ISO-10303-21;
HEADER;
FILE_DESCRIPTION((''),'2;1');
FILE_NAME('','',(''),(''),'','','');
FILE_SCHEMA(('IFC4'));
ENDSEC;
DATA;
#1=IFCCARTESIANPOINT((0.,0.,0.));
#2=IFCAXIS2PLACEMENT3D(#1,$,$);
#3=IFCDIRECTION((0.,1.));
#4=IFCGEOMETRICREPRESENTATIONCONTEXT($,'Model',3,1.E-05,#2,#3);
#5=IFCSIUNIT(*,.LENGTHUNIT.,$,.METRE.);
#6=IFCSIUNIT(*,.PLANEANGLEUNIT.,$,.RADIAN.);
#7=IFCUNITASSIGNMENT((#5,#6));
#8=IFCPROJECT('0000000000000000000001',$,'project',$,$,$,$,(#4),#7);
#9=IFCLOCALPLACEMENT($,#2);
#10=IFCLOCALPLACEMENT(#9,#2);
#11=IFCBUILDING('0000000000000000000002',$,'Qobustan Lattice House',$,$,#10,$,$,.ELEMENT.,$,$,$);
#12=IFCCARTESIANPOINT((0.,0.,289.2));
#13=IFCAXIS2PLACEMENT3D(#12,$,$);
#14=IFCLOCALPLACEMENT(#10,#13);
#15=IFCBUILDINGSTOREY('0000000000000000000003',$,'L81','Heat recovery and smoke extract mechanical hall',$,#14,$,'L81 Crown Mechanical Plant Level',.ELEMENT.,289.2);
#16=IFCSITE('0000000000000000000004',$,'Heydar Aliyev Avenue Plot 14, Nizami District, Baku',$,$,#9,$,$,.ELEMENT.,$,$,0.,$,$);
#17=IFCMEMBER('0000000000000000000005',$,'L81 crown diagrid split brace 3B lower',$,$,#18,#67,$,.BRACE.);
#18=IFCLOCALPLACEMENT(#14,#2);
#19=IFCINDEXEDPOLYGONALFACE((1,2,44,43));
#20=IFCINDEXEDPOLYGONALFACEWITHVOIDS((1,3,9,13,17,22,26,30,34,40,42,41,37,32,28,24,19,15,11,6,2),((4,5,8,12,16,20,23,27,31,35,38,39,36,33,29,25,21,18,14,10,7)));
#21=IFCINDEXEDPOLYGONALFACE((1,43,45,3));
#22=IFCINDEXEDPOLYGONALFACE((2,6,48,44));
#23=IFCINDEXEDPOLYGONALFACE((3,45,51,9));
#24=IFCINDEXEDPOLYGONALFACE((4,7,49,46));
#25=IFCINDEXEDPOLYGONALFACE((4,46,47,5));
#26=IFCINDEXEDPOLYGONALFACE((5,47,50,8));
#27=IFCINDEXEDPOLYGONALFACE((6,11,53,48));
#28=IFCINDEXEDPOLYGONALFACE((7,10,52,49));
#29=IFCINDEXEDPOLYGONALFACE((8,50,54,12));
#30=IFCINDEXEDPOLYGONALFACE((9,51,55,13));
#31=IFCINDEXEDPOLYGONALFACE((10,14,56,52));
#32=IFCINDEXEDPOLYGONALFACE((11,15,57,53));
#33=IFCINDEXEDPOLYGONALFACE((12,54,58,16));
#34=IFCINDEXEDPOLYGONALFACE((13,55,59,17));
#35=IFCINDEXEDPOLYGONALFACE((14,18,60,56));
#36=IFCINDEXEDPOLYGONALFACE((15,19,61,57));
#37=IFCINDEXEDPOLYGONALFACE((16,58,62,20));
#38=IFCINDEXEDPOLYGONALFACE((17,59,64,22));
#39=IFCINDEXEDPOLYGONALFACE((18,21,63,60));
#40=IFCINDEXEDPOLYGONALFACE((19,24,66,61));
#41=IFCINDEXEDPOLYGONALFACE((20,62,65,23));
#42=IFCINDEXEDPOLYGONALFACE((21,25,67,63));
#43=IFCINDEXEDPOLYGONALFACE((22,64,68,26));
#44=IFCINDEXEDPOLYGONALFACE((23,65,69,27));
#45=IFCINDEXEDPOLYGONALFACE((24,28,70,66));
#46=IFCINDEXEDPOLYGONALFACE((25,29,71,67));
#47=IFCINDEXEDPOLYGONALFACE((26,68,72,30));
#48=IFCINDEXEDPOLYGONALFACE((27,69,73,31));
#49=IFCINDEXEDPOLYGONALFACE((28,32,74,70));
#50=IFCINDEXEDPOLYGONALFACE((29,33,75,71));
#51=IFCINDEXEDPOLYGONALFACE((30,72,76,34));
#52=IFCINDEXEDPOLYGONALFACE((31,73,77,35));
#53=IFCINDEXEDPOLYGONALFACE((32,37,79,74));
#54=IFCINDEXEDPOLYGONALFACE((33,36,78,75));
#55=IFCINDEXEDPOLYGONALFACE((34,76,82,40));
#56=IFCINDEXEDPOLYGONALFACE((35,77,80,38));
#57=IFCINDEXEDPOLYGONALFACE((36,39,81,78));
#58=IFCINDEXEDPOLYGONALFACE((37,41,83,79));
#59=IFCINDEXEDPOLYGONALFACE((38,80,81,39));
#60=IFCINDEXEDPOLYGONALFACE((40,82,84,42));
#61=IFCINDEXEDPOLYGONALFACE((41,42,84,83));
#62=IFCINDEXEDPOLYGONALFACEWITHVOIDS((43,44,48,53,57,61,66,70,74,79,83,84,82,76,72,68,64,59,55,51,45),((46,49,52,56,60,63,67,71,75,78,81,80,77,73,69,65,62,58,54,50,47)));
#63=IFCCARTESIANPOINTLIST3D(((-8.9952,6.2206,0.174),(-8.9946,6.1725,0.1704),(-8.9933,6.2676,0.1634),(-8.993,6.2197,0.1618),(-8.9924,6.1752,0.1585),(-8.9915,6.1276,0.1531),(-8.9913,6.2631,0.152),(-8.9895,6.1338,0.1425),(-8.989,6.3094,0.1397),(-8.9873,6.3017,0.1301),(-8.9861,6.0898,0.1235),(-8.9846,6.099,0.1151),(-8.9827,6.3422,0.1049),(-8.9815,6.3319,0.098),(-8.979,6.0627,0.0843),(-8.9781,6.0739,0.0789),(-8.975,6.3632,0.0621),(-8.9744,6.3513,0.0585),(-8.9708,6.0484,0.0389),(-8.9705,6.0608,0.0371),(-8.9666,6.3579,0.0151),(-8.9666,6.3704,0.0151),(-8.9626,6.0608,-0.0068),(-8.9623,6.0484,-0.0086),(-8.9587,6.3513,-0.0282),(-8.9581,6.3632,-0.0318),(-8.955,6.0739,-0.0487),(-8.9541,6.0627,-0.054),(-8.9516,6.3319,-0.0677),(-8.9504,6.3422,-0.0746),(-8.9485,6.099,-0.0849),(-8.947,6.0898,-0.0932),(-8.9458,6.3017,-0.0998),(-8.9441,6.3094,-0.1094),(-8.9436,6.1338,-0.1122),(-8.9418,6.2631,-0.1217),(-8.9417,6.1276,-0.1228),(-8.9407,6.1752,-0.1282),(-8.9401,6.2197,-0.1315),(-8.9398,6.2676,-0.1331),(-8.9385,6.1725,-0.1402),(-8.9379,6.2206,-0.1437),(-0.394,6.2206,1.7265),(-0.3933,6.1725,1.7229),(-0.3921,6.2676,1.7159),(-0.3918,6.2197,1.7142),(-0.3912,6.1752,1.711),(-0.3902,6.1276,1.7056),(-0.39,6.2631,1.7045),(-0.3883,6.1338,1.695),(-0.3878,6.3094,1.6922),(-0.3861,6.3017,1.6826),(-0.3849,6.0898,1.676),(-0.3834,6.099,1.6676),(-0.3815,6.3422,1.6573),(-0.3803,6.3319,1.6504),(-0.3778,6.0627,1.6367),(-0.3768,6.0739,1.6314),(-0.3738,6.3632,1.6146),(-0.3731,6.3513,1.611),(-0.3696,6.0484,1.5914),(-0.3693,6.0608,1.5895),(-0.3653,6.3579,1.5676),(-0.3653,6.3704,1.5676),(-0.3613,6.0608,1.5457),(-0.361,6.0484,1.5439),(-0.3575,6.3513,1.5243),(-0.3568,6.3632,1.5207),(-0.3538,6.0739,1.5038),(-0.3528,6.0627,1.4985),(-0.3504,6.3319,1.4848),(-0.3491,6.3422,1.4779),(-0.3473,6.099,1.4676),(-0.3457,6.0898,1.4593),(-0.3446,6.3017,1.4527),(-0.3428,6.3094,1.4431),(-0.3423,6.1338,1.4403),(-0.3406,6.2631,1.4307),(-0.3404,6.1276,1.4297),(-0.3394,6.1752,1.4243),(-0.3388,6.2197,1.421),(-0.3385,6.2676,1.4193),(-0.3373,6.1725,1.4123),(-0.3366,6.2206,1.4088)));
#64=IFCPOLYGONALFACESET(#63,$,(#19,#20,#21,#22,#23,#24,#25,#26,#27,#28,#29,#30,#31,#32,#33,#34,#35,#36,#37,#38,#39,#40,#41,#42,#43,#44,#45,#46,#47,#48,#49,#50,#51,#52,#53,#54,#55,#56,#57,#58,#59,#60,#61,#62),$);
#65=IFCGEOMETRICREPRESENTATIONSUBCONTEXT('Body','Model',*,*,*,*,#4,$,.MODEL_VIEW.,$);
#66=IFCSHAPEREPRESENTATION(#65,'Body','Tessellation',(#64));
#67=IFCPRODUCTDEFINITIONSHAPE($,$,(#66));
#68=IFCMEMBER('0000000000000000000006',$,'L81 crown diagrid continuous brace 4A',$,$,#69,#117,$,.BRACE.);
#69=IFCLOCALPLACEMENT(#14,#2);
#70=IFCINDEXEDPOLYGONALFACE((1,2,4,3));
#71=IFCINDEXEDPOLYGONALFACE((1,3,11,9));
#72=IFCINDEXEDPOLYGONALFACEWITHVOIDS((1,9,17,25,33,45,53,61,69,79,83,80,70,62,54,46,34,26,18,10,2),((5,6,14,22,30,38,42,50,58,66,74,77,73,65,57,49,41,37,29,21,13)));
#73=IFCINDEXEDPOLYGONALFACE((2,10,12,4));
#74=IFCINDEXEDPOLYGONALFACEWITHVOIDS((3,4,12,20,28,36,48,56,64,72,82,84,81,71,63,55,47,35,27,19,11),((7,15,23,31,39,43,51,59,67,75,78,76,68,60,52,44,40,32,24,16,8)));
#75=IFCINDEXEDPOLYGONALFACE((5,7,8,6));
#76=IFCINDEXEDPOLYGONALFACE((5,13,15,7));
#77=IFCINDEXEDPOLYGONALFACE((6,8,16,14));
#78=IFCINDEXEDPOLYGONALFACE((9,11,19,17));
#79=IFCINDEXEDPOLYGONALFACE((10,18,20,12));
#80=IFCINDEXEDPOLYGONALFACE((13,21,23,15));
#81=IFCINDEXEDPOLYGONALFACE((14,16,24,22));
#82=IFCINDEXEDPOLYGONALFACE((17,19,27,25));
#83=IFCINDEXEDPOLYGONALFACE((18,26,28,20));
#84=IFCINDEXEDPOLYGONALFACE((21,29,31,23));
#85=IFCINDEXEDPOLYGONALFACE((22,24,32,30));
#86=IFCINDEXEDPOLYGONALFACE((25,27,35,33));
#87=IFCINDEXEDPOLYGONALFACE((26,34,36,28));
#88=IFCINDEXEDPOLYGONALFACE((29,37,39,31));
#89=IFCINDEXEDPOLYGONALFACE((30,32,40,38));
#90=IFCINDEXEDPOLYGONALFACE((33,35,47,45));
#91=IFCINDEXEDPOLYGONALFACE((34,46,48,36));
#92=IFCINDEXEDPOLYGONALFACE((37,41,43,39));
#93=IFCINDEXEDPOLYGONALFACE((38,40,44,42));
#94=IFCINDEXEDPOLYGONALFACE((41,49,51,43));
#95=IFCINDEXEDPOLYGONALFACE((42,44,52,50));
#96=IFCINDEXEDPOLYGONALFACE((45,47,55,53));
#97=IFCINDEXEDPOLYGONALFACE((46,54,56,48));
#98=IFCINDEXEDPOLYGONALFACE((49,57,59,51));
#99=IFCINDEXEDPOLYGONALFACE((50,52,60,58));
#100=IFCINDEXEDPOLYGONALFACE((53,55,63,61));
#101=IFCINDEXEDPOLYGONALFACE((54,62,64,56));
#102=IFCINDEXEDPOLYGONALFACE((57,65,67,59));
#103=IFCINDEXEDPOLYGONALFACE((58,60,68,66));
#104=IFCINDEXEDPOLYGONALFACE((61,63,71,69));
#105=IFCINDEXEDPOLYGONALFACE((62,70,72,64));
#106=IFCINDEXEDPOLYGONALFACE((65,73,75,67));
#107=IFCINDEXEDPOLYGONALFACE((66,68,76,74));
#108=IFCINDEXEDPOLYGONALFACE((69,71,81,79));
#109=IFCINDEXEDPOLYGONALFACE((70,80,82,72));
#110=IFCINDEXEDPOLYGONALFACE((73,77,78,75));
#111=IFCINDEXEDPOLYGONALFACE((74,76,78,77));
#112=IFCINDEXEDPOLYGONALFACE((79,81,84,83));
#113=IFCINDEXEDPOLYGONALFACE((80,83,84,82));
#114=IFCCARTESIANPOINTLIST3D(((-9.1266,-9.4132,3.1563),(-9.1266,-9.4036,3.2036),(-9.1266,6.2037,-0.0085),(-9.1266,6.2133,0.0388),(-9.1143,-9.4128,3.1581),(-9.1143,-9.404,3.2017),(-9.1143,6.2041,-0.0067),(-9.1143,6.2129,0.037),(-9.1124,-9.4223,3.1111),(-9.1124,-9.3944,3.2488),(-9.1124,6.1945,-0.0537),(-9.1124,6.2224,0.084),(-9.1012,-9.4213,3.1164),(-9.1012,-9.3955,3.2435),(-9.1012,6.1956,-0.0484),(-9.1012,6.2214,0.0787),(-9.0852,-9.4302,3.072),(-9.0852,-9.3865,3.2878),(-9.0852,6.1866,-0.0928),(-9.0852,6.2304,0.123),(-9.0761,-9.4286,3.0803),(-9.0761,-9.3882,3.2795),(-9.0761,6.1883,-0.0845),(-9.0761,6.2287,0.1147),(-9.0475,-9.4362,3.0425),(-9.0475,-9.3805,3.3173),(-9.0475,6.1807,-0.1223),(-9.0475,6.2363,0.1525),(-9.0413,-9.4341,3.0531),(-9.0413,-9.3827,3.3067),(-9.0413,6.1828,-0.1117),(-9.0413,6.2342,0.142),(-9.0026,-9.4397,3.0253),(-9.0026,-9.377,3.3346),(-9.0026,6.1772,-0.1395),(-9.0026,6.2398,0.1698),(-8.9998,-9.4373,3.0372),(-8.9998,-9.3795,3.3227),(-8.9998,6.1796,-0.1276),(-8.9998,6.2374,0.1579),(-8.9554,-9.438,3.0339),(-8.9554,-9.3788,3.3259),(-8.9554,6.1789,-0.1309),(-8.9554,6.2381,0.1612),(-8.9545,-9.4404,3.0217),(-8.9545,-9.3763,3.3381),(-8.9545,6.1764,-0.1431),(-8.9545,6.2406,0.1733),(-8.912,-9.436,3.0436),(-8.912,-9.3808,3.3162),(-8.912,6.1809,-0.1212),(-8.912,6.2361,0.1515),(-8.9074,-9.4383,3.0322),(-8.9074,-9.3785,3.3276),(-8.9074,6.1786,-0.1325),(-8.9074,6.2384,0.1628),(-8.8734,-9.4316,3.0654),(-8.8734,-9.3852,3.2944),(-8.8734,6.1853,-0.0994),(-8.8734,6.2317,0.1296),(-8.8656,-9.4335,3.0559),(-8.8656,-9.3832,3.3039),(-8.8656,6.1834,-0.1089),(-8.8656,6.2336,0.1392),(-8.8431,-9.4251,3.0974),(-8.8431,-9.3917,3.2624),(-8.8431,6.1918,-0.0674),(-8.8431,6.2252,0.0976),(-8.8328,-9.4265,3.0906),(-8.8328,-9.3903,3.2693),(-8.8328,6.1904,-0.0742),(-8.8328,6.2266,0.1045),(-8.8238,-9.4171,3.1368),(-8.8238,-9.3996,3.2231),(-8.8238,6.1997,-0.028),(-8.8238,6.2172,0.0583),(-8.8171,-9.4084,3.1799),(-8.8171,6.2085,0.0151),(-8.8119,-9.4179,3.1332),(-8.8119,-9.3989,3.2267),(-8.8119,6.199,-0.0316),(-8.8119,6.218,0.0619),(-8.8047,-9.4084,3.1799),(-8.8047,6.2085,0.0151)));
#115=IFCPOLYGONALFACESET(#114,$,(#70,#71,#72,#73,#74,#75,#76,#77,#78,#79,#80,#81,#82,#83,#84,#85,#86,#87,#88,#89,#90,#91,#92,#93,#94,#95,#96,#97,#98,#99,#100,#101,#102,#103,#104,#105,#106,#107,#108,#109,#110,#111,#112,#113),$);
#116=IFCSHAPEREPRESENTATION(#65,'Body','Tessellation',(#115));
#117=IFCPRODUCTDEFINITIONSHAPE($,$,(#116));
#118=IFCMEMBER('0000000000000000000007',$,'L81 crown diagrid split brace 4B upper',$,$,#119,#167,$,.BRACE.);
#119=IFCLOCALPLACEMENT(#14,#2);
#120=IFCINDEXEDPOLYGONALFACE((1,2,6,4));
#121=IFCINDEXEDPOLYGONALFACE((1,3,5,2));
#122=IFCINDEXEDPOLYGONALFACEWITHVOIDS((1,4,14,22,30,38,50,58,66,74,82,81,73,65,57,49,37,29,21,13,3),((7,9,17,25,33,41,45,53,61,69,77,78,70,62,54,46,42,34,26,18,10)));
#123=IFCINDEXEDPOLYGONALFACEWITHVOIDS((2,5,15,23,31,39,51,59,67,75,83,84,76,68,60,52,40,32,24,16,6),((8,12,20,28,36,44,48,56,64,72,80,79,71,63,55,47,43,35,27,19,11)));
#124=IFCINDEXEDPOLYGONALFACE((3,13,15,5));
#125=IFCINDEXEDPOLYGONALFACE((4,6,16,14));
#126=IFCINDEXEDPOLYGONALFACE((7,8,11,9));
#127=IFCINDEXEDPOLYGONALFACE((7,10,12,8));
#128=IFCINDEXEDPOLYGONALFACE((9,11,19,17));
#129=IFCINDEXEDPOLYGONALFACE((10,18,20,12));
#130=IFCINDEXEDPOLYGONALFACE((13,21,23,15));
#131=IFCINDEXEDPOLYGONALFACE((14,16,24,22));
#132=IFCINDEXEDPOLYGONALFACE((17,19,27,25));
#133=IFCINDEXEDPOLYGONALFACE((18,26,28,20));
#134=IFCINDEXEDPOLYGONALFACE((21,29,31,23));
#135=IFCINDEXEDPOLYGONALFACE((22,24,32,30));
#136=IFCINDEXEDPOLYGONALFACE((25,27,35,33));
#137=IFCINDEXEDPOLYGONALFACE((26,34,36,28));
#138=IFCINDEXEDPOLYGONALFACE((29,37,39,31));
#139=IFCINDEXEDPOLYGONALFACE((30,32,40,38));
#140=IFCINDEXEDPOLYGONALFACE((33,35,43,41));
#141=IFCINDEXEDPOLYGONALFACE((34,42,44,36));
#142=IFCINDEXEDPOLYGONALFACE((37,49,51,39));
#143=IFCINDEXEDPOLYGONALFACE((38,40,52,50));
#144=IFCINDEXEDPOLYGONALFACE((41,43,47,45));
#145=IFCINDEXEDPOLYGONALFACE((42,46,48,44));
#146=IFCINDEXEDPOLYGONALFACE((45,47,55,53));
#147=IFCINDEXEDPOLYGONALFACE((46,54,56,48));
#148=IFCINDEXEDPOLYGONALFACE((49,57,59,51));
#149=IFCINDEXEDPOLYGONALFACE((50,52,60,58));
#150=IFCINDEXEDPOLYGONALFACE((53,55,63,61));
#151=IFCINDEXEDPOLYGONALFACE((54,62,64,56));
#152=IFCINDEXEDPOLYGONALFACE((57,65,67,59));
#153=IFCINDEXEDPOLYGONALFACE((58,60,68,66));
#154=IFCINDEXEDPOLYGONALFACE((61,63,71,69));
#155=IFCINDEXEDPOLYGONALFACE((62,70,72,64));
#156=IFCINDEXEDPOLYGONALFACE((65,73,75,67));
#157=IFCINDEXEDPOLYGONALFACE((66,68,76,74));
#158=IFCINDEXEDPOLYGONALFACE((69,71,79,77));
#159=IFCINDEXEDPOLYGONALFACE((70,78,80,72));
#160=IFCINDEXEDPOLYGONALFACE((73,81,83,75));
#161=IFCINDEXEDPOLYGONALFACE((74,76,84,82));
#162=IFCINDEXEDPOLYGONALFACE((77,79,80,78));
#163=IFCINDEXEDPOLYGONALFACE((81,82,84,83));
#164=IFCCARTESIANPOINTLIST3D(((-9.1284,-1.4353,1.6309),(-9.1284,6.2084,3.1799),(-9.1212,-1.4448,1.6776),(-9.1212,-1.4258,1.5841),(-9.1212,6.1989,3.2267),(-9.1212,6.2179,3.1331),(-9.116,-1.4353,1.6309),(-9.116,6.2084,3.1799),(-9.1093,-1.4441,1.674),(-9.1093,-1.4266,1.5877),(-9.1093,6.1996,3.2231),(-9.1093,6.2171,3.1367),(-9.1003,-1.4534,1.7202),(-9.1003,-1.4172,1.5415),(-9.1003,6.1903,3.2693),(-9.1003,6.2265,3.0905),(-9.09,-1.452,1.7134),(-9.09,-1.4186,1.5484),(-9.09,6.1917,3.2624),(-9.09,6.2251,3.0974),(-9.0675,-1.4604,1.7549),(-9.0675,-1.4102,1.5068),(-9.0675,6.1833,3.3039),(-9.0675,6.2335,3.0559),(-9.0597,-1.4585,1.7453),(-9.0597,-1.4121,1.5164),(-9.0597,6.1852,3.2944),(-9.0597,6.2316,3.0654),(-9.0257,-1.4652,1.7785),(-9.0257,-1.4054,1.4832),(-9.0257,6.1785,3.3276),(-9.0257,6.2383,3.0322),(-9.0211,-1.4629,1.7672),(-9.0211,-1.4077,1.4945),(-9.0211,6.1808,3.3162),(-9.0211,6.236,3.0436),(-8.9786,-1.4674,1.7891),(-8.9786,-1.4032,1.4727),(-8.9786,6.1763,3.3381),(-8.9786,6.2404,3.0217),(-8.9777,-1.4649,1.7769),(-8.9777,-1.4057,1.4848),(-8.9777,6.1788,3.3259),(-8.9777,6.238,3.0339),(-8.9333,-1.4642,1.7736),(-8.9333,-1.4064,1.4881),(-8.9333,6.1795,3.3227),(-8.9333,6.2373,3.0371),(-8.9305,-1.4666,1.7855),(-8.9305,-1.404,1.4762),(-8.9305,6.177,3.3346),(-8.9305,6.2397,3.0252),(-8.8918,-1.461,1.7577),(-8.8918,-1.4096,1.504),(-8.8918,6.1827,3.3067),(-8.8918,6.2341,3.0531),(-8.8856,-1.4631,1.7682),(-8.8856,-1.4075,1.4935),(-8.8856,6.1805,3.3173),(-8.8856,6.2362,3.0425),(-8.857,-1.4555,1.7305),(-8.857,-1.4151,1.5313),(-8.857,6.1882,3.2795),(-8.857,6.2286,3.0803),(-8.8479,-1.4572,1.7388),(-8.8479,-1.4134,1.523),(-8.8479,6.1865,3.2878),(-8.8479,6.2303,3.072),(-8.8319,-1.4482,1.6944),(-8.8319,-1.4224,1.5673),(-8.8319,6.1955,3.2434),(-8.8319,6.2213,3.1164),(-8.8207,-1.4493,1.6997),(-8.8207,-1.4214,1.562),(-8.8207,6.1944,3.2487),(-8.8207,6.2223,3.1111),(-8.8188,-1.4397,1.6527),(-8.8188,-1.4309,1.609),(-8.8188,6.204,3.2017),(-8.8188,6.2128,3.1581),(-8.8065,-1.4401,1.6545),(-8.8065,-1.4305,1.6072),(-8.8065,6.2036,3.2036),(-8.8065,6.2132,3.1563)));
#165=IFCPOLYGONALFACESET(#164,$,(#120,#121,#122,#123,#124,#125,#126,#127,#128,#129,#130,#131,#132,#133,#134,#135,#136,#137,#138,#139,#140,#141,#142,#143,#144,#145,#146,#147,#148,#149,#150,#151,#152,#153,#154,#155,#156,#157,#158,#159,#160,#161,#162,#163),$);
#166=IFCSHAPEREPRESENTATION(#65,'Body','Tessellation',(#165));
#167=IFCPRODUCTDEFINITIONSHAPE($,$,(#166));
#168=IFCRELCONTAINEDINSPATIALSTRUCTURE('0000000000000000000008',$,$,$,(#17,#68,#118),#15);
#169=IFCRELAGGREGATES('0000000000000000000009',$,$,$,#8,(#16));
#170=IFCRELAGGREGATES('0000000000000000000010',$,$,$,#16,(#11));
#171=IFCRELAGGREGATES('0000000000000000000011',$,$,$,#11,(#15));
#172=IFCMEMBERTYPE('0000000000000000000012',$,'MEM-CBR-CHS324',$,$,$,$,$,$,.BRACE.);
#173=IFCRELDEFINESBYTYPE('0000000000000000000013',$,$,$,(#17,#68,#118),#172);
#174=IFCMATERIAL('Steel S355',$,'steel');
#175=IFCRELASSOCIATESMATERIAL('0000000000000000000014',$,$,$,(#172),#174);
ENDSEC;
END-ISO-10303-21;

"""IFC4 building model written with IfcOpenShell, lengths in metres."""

from ifc_helpers import new_model, si_unit, direction, frame, origin, origin_2d, place, context, subcontext, project, spatial, hollow_circle, extrude, material, material_profile, profile_set, type_object, element, save


model = new_model("IFC4")

# Units and contexts
model_context = context("Model", 3, precision=1e-05, world=origin(), true_north=direction((0.0, 1.0)))
body_context = subcontext(model_context, "Body", "Model", "MODEL_VIEW")
ifc_project = project(units=[si_unit("LENGTHUNIT", "METRE"), si_unit("PLANEANGLEUNIT", "RADIAN")], contexts=[model_context])

# Site, building, storey
site_placement = place(None, origin())
site = spatial("IfcSite", under=ifc_project, at=site_placement, Name="Heydar Aliyev Avenue Plot 14, Nizami District, Baku", CompositionType="ELEMENT", RefElevation=0.0)
building_placement = place(site_placement, origin())
building = spatial("IfcBuilding", under=site, at=building_placement, Name="Qobustan Lattice House", CompositionType="ELEMENT")
storey_placement = place(building_placement, frame((0.0, 0.0, 289.2)))
storey = spatial("IfcBuildingStorey", under=building, at=storey_placement, Name="L81", Description="Heat recovery and smoke extract mechanical hall", LongName="L81 Crown Mechanical Plant Level", CompositionType="ELEMENT", Elevation=289.2)

# Members
ifc_material_1 = material(Name="Steel S355", Category="steel")
ifc_material_profile_1 = material_profile(ifc_material_1, hollow_circle(Radius=0.1619, WallThickness=0.0125, at=origin_2d()), Name="CHS323.9x12.5")
ifc_profile_set_1 = profile_set([ifc_material_profile_1], Name="Steel S355")
member_type_1 = type_object("IfcMemberType", Name="MEM-CBR-CHS324", PredefinedType="BRACE", material=ifc_profile_set_1)
member_1_placement = place(storey_placement, frame((-8.9666, 6.2085, 0.0151), z_axis=(0.984098, 0.0, 0.177624), x_axis=(0.0, 1.0, 0.0)))
element("IfcMember", 1, at=member_1_placement, inside=storey, type_object=member_type_1, Name="L81 crown diagrid split brace 3B lower", PredefinedType="BRACE", context=body_context, shape_type="SweptSolid", body=[
    extrude(hollow_circle(Radius=0.1619, WallThickness=0.0125, at=origin_2d()), origin(), (0.0, 0.0, 1.0), 8.7402),
])
member_2_placement = place(storey_placement, frame((-8.9666, 6.2085, 0.0151), z_axis=(0.0, -0.980078, 0.198614), x_axis=(1.0, 0.0, 0.0)))
element("IfcMember", 2, at=member_2_placement, inside=storey, type_object=member_type_1, Name="L81 crown diagrid continuous brace 4A", PredefinedType="BRACE", context=body_context, shape_type="SweptSolid", body=[
    extrude(hollow_circle(Radius=0.1619, WallThickness=0.0125, at=origin_2d()), origin(), (0.0, 0.0, 1.0), 15.9343),
])
member_3_placement = place(storey_placement, frame((-8.9666, -1.4353, 1.6309), z_axis=(0.0, 0.980077, 0.19862), x_axis=(-1.0, 0.0, 0.0)))
element("IfcMember", 3, at=member_3_placement, inside=storey, type_object=member_type_1, Name="L81 crown diagrid split brace 4B upper", PredefinedType="BRACE", context=body_context, shape_type="SweptSolid", body=[
    extrude(hollow_circle(Radius=0.1619, WallThickness=0.0125, at=origin_2d()), origin(), (0.0, 0.0, 1.0), 7.7991),
])

save(model, "model.ifc")
